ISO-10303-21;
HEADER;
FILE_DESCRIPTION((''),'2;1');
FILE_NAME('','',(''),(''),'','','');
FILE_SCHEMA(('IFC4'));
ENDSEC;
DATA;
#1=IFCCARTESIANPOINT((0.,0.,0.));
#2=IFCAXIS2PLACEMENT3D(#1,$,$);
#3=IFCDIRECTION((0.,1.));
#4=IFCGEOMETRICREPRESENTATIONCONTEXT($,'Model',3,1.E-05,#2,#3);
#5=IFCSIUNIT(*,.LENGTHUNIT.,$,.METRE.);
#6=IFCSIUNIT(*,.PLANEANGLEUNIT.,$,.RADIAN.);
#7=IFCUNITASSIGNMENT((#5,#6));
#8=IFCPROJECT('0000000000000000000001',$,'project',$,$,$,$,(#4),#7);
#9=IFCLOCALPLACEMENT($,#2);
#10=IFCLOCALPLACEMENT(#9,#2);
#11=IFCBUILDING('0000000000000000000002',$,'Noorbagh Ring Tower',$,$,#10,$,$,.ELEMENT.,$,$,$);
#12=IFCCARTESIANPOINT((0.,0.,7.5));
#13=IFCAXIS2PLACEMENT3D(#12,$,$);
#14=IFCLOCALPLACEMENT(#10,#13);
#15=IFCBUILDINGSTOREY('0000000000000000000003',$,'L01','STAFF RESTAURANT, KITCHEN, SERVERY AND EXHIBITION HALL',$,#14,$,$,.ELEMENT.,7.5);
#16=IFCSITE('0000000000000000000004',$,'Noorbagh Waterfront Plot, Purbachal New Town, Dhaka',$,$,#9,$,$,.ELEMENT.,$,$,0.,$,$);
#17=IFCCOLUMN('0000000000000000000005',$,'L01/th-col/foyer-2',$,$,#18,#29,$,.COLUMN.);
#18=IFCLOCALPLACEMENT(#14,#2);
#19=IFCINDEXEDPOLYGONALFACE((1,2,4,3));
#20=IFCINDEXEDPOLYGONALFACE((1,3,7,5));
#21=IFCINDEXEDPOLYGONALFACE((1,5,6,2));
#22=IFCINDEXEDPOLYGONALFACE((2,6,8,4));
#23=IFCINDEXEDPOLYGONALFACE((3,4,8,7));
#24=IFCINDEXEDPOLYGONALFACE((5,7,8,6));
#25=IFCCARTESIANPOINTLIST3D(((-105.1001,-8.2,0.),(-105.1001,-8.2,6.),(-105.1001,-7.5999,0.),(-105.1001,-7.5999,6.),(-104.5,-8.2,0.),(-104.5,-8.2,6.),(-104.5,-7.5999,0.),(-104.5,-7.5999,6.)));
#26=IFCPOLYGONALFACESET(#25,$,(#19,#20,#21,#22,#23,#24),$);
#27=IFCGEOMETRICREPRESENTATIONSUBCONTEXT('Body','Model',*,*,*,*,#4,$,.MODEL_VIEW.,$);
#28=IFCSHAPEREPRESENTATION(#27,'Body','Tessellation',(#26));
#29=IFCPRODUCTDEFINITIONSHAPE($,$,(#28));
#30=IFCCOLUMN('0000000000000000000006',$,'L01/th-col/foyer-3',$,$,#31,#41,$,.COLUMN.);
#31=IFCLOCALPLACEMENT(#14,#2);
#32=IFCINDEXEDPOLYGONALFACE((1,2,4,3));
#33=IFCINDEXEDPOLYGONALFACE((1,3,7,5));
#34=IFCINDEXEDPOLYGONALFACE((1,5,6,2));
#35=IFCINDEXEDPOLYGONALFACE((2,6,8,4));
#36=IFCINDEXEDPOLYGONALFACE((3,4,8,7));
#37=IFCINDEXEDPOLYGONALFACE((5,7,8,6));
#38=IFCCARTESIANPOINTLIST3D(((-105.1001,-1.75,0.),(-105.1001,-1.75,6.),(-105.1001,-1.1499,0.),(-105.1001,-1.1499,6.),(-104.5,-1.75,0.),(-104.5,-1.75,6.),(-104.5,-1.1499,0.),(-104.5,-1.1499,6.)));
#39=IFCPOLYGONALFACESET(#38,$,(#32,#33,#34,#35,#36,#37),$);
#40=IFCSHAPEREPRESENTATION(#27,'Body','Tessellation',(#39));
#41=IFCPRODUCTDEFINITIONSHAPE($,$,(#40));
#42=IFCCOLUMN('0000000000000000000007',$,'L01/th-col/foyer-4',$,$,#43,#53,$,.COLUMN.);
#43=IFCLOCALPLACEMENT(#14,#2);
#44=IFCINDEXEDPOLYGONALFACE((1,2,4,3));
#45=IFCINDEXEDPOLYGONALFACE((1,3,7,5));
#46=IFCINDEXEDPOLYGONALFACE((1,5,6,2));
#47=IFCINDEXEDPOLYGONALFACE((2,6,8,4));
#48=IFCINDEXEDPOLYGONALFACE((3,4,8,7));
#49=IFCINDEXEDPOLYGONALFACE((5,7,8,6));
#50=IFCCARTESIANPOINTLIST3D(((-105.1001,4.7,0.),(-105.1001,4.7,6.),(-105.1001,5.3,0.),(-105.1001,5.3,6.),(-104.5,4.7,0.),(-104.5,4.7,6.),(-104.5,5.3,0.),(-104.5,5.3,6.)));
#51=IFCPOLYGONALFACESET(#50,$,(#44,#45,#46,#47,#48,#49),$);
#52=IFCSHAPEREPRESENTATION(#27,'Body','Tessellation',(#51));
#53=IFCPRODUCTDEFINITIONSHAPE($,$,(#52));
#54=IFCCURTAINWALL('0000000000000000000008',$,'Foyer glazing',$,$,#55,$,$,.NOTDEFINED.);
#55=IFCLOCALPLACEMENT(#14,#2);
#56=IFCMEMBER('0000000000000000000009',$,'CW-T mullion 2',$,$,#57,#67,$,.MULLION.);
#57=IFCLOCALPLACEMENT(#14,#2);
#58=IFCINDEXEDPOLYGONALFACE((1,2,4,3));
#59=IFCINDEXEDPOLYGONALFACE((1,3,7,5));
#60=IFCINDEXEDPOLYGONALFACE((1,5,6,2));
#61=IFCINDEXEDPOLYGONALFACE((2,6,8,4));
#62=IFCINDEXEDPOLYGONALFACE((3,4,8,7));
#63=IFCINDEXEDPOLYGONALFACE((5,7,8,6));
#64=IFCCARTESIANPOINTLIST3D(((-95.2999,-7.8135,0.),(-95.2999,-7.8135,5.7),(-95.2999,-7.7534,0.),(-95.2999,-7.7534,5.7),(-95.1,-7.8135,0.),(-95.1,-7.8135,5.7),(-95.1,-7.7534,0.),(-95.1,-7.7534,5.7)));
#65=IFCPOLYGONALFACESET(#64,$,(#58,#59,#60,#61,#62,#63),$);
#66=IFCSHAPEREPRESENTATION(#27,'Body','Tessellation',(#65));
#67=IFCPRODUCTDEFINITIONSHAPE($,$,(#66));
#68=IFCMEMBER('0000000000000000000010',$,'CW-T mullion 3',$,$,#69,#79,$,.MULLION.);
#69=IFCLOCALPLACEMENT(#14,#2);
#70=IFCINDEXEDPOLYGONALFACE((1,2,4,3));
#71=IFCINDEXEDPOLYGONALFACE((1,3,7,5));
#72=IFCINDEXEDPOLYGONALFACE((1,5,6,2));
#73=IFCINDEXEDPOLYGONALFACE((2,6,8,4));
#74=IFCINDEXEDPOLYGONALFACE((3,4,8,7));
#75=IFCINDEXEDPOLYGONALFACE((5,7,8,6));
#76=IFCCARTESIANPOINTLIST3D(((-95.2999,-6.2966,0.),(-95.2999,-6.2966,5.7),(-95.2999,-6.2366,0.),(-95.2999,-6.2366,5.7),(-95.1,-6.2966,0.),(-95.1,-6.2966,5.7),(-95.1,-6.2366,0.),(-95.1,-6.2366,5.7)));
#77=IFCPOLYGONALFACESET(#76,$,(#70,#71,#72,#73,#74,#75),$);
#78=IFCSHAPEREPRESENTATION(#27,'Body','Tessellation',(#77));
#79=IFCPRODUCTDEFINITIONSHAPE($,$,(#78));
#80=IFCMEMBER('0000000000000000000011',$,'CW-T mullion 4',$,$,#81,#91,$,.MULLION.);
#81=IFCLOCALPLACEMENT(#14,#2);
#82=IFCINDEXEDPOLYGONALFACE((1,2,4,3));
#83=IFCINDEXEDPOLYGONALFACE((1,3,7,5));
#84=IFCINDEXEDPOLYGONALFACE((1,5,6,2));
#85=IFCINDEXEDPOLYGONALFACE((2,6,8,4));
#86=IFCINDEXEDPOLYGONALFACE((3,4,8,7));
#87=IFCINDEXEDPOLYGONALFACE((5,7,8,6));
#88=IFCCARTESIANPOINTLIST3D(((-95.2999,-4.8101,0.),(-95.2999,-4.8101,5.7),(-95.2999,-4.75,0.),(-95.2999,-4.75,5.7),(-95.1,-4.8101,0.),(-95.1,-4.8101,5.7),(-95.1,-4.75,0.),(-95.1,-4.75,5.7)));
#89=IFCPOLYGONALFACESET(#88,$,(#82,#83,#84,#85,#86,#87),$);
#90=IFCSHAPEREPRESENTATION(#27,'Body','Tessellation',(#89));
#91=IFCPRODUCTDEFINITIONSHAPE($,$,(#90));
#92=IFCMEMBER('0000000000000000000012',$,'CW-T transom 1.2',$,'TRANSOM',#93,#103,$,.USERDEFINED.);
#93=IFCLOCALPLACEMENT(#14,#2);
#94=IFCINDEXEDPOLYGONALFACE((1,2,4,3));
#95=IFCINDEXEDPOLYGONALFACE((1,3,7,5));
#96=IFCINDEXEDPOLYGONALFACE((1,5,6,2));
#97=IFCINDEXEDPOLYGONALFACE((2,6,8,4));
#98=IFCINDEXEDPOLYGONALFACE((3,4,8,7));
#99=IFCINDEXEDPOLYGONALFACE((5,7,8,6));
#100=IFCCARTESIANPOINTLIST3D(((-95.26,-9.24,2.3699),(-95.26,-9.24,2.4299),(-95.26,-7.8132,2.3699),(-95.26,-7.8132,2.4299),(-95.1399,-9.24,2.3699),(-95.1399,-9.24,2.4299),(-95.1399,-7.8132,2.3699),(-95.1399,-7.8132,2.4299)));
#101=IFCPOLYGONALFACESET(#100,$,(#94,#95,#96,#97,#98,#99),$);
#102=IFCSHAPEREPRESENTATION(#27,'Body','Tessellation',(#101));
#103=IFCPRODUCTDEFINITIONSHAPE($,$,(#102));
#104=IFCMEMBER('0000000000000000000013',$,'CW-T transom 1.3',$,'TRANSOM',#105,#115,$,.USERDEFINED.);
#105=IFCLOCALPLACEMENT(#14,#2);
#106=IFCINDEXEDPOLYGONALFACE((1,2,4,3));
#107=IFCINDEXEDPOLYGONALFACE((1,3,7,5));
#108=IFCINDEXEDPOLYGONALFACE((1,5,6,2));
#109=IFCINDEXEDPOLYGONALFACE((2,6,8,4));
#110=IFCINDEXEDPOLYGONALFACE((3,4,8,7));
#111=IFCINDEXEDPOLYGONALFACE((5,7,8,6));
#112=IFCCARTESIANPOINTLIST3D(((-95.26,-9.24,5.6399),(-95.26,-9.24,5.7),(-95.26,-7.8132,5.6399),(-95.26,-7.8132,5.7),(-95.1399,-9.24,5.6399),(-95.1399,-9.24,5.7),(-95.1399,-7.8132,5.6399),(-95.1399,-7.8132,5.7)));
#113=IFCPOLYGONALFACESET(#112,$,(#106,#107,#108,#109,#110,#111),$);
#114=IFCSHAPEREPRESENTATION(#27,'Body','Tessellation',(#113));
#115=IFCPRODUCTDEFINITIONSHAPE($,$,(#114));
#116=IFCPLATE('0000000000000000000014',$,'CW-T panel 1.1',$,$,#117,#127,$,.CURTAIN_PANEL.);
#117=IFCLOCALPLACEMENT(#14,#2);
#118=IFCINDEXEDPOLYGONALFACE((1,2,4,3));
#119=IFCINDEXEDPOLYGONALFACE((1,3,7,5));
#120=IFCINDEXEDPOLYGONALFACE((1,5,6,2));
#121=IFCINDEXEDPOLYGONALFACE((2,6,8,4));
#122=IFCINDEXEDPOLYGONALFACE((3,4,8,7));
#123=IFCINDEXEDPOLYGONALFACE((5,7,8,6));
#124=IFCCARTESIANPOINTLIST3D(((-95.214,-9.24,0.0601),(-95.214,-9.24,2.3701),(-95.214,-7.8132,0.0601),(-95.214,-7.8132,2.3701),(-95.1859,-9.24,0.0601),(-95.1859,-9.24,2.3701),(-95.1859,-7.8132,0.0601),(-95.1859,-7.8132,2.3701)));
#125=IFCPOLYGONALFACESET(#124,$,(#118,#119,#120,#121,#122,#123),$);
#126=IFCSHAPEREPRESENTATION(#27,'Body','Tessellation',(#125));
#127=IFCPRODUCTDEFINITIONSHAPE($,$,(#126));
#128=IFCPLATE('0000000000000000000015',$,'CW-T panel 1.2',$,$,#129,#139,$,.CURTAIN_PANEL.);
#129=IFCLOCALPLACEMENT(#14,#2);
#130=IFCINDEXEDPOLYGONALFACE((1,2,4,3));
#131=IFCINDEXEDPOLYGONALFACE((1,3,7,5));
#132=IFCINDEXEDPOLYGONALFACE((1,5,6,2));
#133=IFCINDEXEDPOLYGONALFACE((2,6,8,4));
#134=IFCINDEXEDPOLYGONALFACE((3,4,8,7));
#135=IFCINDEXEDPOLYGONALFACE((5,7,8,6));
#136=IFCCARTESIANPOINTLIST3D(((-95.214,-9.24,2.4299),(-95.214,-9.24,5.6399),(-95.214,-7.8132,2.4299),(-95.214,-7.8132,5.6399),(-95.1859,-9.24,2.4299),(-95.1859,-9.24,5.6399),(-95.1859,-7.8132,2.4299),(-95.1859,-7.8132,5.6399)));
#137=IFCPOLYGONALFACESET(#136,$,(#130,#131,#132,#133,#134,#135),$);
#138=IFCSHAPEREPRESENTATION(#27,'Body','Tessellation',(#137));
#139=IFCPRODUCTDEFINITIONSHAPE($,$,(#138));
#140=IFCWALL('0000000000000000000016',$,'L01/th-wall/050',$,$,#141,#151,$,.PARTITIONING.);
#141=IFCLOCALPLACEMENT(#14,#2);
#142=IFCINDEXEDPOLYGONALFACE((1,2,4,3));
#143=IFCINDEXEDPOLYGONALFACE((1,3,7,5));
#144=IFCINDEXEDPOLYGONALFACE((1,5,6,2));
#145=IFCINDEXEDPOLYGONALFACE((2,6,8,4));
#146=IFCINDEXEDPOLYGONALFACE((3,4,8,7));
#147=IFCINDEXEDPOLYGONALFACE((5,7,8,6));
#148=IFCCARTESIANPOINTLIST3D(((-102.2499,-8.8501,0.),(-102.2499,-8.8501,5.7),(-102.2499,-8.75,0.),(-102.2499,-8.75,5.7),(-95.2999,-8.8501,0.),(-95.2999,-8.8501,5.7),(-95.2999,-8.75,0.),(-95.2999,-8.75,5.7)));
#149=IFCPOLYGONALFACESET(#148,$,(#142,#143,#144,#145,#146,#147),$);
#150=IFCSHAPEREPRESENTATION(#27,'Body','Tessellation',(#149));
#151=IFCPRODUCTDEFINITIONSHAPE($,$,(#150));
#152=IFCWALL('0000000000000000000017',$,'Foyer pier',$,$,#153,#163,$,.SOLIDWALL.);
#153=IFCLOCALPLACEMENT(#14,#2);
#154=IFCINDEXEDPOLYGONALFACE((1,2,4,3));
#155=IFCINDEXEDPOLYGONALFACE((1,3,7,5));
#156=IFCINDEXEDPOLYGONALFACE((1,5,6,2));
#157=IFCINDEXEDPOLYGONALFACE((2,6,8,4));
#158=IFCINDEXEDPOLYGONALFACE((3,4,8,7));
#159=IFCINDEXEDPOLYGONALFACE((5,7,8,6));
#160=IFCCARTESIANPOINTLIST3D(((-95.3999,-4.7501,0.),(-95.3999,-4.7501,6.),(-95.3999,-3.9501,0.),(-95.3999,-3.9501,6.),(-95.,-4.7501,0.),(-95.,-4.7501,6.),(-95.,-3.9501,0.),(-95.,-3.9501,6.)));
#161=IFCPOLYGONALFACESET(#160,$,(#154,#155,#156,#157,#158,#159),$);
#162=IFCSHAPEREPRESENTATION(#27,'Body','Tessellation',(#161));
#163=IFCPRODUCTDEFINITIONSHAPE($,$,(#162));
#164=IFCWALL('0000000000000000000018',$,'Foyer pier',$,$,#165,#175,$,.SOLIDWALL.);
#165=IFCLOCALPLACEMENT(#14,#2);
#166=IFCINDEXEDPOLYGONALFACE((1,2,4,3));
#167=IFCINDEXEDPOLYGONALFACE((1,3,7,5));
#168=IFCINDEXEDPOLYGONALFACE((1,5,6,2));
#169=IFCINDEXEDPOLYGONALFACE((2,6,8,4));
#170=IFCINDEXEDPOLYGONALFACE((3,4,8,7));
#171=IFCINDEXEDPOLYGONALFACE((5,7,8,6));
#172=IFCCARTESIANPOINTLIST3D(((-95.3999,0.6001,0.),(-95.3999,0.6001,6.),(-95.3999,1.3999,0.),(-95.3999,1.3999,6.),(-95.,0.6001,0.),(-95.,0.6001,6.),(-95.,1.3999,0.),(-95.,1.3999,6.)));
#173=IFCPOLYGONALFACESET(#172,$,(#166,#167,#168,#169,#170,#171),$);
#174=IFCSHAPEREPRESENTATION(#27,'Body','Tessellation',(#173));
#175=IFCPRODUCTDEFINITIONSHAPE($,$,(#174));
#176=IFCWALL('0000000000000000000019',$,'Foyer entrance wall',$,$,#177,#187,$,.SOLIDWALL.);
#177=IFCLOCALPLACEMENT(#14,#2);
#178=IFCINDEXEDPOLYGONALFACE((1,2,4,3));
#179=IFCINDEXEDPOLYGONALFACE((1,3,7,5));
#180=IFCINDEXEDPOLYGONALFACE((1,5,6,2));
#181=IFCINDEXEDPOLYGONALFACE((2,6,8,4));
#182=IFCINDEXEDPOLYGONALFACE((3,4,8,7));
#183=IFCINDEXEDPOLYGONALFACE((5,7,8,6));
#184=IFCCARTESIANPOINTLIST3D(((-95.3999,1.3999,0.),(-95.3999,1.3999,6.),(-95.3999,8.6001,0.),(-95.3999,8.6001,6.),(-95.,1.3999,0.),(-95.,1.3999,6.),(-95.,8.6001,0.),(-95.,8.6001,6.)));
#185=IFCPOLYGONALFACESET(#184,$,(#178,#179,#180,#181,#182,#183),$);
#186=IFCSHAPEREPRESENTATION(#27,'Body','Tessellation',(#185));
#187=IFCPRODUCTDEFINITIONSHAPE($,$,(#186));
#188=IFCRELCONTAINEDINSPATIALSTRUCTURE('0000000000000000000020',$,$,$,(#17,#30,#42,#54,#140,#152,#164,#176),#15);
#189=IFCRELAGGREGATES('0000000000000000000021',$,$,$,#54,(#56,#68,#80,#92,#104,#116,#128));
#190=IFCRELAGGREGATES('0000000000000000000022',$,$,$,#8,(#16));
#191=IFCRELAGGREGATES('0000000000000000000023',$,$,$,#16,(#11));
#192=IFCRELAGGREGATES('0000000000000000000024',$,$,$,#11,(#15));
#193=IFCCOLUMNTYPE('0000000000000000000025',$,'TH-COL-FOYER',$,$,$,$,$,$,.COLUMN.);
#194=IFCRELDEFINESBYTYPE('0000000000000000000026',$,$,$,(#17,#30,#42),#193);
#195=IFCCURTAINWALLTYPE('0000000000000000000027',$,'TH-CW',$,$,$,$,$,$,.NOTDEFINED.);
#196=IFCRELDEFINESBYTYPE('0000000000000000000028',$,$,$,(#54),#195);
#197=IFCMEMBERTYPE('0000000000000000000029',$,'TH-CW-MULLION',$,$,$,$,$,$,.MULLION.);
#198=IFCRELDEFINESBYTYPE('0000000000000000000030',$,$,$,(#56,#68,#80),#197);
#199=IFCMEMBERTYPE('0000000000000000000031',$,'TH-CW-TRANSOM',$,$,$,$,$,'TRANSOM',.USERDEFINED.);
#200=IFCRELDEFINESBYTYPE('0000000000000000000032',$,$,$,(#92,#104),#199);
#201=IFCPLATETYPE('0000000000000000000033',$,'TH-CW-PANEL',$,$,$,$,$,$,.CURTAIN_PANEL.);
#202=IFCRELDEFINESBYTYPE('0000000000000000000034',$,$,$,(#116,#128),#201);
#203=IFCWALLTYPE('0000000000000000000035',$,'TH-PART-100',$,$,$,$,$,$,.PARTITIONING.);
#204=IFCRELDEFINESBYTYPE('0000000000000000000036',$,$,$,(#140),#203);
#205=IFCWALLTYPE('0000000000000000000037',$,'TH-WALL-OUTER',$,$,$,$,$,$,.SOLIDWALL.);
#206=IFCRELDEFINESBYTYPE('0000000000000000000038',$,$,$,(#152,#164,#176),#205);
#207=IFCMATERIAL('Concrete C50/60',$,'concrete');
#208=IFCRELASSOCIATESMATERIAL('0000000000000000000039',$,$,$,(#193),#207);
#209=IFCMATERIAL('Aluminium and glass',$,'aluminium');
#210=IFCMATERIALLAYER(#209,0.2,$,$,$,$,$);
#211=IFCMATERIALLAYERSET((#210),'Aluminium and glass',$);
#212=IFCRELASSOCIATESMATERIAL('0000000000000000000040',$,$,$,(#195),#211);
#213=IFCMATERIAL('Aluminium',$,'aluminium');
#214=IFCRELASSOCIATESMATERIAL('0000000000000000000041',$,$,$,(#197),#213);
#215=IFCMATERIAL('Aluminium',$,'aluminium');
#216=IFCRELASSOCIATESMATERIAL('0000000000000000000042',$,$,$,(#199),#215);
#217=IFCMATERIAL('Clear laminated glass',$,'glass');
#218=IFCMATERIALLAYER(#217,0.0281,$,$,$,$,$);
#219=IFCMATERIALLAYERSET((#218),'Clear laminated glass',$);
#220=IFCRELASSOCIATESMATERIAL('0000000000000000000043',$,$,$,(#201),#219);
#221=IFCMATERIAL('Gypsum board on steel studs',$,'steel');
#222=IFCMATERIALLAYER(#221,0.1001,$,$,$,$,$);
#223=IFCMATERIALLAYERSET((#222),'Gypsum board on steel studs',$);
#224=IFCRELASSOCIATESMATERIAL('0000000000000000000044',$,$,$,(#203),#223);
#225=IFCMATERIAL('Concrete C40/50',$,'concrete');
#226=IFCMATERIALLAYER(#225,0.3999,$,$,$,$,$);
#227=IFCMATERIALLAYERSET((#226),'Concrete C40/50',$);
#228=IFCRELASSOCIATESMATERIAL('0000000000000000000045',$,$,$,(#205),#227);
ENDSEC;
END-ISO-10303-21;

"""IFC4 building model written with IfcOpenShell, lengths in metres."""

from ifc_helpers import new_model, si_unit, direction, frame, frame_2d, origin, origin_2d, place, context, subcontext, project, spatial, rectangle, extrude, material, layer, layer_set, material_profile, profile_set, type_object, element, aggregate, save


model = new_model("IFC4")

# Units and contexts
model_context = context("Model", 3, precision=1e-05, world=origin(), true_north=direction((0.0, 1.0)))
body_context = subcontext(model_context, "Body", "Model", "MODEL_VIEW")
ifc_project = project(units=[si_unit("LENGTHUNIT", "METRE"), si_unit("PLANEANGLEUNIT", "RADIAN")], contexts=[model_context])

# Site, building, storey
site_placement = place(None, origin())
site = spatial("IfcSite", under=ifc_project, at=site_placement, Name="Noorbagh Waterfront Plot, Purbachal New Town, Dhaka", CompositionType="ELEMENT", RefElevation=0.0)
building_placement = place(site_placement, origin())
building = spatial("IfcBuilding", under=site, at=building_placement, Name="Noorbagh Ring Tower", CompositionType="ELEMENT")
storey_placement = place(building_placement, frame((0.0, 0.0, 7.5)))
storey = spatial("IfcBuildingStorey", under=building, at=storey_placement, Name="L01", Description="STAFF RESTAURANT, KITCHEN, SERVERY AND EXHIBITION HALL", CompositionType="ELEMENT", Elevation=7.5)

# Columns
ifc_material_1 = material(Name="Concrete C50/60", Category="concrete")
ifc_material_profile_1 = material_profile(ifc_material_1, rectangle(XDim=0.6001, YDim=0.6001, at=origin_2d()), Name="RC600x600")
ifc_profile_set_1 = profile_set([ifc_material_profile_1], Name="Concrete C50/60")
column_type = type_object("IfcColumnType", Name="TH-COL-FOYER", PredefinedType="COLUMN", material=ifc_profile_set_1)
for number, where, z_axis, x_axis, name in (
    (1, (-104.8, -7.8999, 0.0), (0.0, 0.0, 1.0), (1.0, 0.0, 0.0), "L01/th-col/foyer-2"),
    (2, (-104.8, -1.45, 0.0), (0.0, 0.0, 1.0), (1.0, 0.0, 0.0), "L01/th-col/foyer-3"),
    (3, (-104.8, 5.0, 0.0), (0.0, 0.0, 1.0), (1.0, 0.0, 0.0), "L01/th-col/foyer-4"),
):
    element("IfcColumn", number, at=place(storey_placement, frame(where, z_axis=z_axis, x_axis=x_axis)), inside=storey, type_object=column_type, Name=name, PredefinedType="COLUMN", context=body_context, shape_type="SweptSolid", body=[
        extrude(rectangle(XDim=0.6001, YDim=0.6001, at=origin_2d()), origin(), (0.0, 0.0, 1.0), 6.0),
    ])

# Curtain wall, members, plates
ifc_material_2 = material(Name="Aluminium and glass", Category="aluminium")
ifc_layer_1 = layer(ifc_material_2, 0.2)
ifc_layer_set_1 = layer_set([ifc_layer_1], Name="Aluminium and glass")
curtain_wall_type = type_object("IfcCurtainWallType", Name="TH-CW", PredefinedType="NOTDEFINED", material=ifc_layer_set_1)
curtain_wall_placement = place(storey_placement, origin())
curtain_wall = element("IfcCurtainWall", 4, at=curtain_wall_placement, inside=storey, type_object=curtain_wall_type, Name="Foyer glazing", PredefinedType="NOTDEFINED")
ifc_material_3 = material(Name="Aluminium", Category="aluminium")
ifc_material_profile_2 = material_profile(ifc_material_3, rectangle(XDim=0.2, YDim=0.0601, at=origin_2d()), Name="AL 200x60")
ifc_profile_set_2 = profile_set([ifc_material_profile_2], Name="Aluminium")
member_type_1 = type_object("IfcMemberType", Name="TH-CW-MULLION", PredefinedType="MULLION", material=ifc_profile_set_2)
member_1_placement = place(storey_placement, frame((-95.2, -7.7834, 0.0), z_axis=(0.0, 0.0, 1.0), x_axis=(-1.0, 0.0, 0.0)))
member_1 = element("IfcMember", 5, at=member_1_placement, type_object=member_type_1, Name="CW-T mullion 2", PredefinedType="MULLION", context=body_context, shape_type="SweptSolid", body=[
    extrude(rectangle(XDim=0.2, YDim=0.0601, at=origin_2d()), origin(), (0.0, 0.0, 1.0), 5.7),
])
member_2_placement = place(storey_placement, frame((-95.2, -6.2666, 0.0), z_axis=(0.0, 0.0, 1.0), x_axis=(-1.0, 0.0, 0.0)))
member_2 = element("IfcMember", 6, at=member_2_placement, type_object=member_type_1, Name="CW-T mullion 3", PredefinedType="MULLION", context=body_context, shape_type="SweptSolid", body=[
    extrude(rectangle(XDim=0.2, YDim=0.0601, at=origin_2d()), origin(), (0.0, 0.0, 1.0), 5.7),
])
member_3_placement = place(storey_placement, frame((-95.2, -4.78, 0.0), z_axis=(0.0, 0.0, 1.0), x_axis=(-1.0, 0.0, 0.0)))
member_3 = element("IfcMember", 7, at=member_3_placement, type_object=member_type_1, Name="CW-T mullion 4", PredefinedType="MULLION", context=body_context, shape_type="SweptSolid", body=[
    extrude(rectangle(XDim=0.2, YDim=0.0601, at=origin_2d()), origin(), (0.0, 0.0, 1.0), 5.7),
])
ifc_material_4 = material(Name="Aluminium", Category="aluminium")
ifc_material_profile_3 = material_profile(ifc_material_4, rectangle(XDim=0.1201, YDim=0.0601, at=origin_2d()), Name="AL 120x60")
ifc_profile_set_3 = profile_set([ifc_material_profile_3], Name="Aluminium")
member_type_2 = type_object("IfcMemberType", Name="TH-CW-TRANSOM", ElementType="TRANSOM", PredefinedType="USERDEFINED", material=ifc_profile_set_3)
member_4_placement = place(storey_placement, frame((-95.2, -9.24, 2.3999), z_axis=(0.0, 1.0, 0.0), x_axis=(-1.0, 0.0, 0.0)))
member_4 = element("IfcMember", 8, at=member_4_placement, type_object=member_type_2, Name="CW-T transom 1.2", ObjectType="TRANSOM", PredefinedType="USERDEFINED", context=body_context, shape_type="SweptSolid", body=[
    extrude(rectangle(XDim=0.1201, YDim=0.0601, at=origin_2d()), origin(), (0.0, 0.0, 1.0), 1.4268),
])
member_5_placement = place(storey_placement, frame((-95.2, -9.24, 5.6699), z_axis=(0.0, 1.0, 0.0), x_axis=(-1.0, 0.0, 0.0)))
member_5 = element("IfcMember", 9, at=member_5_placement, type_object=member_type_2, Name="CW-T transom 1.3", ObjectType="TRANSOM", PredefinedType="USERDEFINED", context=body_context, shape_type="SweptSolid", body=[
    extrude(rectangle(XDim=0.1201, YDim=0.0601, at=origin_2d()), origin(), (0.0, 0.0, 1.0), 1.4268),
])
ifc_material_5 = material(Name="Clear laminated glass", Category="glass")
ifc_layer_2 = layer(ifc_material_5, 0.0281)
ifc_layer_set_2 = layer_set([ifc_layer_2], Name="Clear laminated glass")
plate_type = type_object("IfcPlateType", Name="TH-CW-PANEL", PredefinedType="CURTAIN_PANEL", material=ifc_layer_set_2)
plate_1_placement = place(storey_placement, frame((-95.2, -8.5266, 0.0601), z_axis=(0.0, 0.0, 1.0), x_axis=(0.0, 1.0, 0.0)))
plate_1 = element("IfcPlate", 10, at=plate_1_placement, type_object=plate_type, Name="CW-T panel 1.1", PredefinedType="CURTAIN_PANEL", context=body_context, shape_type="SweptSolid", body=[
    extrude(rectangle(XDim=1.4268, YDim=0.0281, at=origin_2d()), origin(), (0.0, 0.0, 1.0), 2.3101),
])
plate_2_placement = place(storey_placement, frame((-95.2, -8.5266, 2.4299), z_axis=(0.0, 0.0, 1.0), x_axis=(0.0, 1.0, 0.0)))
plate_2 = element("IfcPlate", 11, at=plate_2_placement, type_object=plate_type, Name="CW-T panel 1.2", PredefinedType="CURTAIN_PANEL", context=body_context, shape_type="SweptSolid", body=[
    extrude(rectangle(XDim=1.4268, YDim=0.0281, at=origin_2d()), origin(), (0.0, 0.0, 1.0), 3.21),
])
aggregate(curtain_wall, [member_1, member_2, member_3, member_4, member_5, plate_1, plate_2])

# Walls
ifc_material_6 = material(Name="Gypsum board on steel studs", Category="steel")
ifc_layer_3 = layer(ifc_material_6, 0.1001)
ifc_layer_set_3 = layer_set([ifc_layer_3], Name="Gypsum board on steel studs")
wall_type_1 = type_object("IfcWallType", Name="TH-PART-100", PredefinedType="PARTITIONING", material=ifc_layer_set_3)
wall_1_placement = place(storey_placement, frame((-102.25, -8.8, 0.0), z_axis=(0.0, 0.0, 1.0), x_axis=(1.0, 0.0, 0.0)))
element("IfcWall", 12, at=wall_1_placement, inside=storey, type_object=wall_type_1, Name="L01/th-wall/050", PredefinedType="PARTITIONING", context=body_context, shape_type="SweptSolid", body=[
    extrude(rectangle(XDim=6.95, YDim=0.1001, at=frame_2d((3.4751, 0.0))), origin(), (0.0, 0.0, 1.0), 5.7),
])
ifc_material_7 = material(Name="Concrete C40/50", Category="concrete")
ifc_layer_4 = layer(ifc_material_7, 0.3999)
ifc_layer_set_4 = layer_set([ifc_layer_4], Name="Concrete C40/50")
wall_type_2 = type_object("IfcWallType", Name="TH-WALL-OUTER", PredefinedType="SOLIDWALL", material=ifc_layer_set_4)
wall_2_placement = place(storey_placement, frame((-95.2, -4.75, 0.0), z_axis=(0.0, 0.0, 1.0), x_axis=(0.0, 1.0, 0.0)))
element("IfcWall", 13, at=wall_2_placement, inside=storey, type_object=wall_type_2, Name="Foyer pier", PredefinedType="SOLIDWALL", context=body_context, shape_type="SweptSolid", body=[
    extrude(rectangle(XDim=0.8, YDim=0.3999, at=frame_2d((0.3999, 0.0))), origin(), (0.0, 0.0, 1.0), 6.0),
])
wall_3_placement = place(storey_placement, frame((-95.2, 0.6001, 0.0), z_axis=(0.0, 0.0, 1.0), x_axis=(0.0, 1.0, 0.0)))
element("IfcWall", 14, at=wall_3_placement, inside=storey, type_object=wall_type_2, Name="Foyer pier", PredefinedType="SOLIDWALL", context=body_context, shape_type="SweptSolid", body=[
    extrude(rectangle(XDim=0.7998, YDim=0.3999, at=frame_2d((0.3999, 0.0))), origin(), (0.0, 0.0, 1.0), 6.0),
])
wall_4_placement = place(storey_placement, frame((-95.2, 1.3999, 0.0), z_axis=(0.0, 0.0, 1.0), x_axis=(0.0, 1.0, 0.0)))
element("IfcWall", 15, at=wall_4_placement, inside=storey, type_object=wall_type_2, Name="Foyer entrance wall", PredefinedType="SOLIDWALL", context=body_context, shape_type="SweptSolid", body=[
    extrude(rectangle(XDim=7.2002, YDim=0.3999, at=frame_2d((3.6001, 0.0))), origin(), (0.0, 0.0, 1.0), 6.0),
])

save(model, "model.ifc")
